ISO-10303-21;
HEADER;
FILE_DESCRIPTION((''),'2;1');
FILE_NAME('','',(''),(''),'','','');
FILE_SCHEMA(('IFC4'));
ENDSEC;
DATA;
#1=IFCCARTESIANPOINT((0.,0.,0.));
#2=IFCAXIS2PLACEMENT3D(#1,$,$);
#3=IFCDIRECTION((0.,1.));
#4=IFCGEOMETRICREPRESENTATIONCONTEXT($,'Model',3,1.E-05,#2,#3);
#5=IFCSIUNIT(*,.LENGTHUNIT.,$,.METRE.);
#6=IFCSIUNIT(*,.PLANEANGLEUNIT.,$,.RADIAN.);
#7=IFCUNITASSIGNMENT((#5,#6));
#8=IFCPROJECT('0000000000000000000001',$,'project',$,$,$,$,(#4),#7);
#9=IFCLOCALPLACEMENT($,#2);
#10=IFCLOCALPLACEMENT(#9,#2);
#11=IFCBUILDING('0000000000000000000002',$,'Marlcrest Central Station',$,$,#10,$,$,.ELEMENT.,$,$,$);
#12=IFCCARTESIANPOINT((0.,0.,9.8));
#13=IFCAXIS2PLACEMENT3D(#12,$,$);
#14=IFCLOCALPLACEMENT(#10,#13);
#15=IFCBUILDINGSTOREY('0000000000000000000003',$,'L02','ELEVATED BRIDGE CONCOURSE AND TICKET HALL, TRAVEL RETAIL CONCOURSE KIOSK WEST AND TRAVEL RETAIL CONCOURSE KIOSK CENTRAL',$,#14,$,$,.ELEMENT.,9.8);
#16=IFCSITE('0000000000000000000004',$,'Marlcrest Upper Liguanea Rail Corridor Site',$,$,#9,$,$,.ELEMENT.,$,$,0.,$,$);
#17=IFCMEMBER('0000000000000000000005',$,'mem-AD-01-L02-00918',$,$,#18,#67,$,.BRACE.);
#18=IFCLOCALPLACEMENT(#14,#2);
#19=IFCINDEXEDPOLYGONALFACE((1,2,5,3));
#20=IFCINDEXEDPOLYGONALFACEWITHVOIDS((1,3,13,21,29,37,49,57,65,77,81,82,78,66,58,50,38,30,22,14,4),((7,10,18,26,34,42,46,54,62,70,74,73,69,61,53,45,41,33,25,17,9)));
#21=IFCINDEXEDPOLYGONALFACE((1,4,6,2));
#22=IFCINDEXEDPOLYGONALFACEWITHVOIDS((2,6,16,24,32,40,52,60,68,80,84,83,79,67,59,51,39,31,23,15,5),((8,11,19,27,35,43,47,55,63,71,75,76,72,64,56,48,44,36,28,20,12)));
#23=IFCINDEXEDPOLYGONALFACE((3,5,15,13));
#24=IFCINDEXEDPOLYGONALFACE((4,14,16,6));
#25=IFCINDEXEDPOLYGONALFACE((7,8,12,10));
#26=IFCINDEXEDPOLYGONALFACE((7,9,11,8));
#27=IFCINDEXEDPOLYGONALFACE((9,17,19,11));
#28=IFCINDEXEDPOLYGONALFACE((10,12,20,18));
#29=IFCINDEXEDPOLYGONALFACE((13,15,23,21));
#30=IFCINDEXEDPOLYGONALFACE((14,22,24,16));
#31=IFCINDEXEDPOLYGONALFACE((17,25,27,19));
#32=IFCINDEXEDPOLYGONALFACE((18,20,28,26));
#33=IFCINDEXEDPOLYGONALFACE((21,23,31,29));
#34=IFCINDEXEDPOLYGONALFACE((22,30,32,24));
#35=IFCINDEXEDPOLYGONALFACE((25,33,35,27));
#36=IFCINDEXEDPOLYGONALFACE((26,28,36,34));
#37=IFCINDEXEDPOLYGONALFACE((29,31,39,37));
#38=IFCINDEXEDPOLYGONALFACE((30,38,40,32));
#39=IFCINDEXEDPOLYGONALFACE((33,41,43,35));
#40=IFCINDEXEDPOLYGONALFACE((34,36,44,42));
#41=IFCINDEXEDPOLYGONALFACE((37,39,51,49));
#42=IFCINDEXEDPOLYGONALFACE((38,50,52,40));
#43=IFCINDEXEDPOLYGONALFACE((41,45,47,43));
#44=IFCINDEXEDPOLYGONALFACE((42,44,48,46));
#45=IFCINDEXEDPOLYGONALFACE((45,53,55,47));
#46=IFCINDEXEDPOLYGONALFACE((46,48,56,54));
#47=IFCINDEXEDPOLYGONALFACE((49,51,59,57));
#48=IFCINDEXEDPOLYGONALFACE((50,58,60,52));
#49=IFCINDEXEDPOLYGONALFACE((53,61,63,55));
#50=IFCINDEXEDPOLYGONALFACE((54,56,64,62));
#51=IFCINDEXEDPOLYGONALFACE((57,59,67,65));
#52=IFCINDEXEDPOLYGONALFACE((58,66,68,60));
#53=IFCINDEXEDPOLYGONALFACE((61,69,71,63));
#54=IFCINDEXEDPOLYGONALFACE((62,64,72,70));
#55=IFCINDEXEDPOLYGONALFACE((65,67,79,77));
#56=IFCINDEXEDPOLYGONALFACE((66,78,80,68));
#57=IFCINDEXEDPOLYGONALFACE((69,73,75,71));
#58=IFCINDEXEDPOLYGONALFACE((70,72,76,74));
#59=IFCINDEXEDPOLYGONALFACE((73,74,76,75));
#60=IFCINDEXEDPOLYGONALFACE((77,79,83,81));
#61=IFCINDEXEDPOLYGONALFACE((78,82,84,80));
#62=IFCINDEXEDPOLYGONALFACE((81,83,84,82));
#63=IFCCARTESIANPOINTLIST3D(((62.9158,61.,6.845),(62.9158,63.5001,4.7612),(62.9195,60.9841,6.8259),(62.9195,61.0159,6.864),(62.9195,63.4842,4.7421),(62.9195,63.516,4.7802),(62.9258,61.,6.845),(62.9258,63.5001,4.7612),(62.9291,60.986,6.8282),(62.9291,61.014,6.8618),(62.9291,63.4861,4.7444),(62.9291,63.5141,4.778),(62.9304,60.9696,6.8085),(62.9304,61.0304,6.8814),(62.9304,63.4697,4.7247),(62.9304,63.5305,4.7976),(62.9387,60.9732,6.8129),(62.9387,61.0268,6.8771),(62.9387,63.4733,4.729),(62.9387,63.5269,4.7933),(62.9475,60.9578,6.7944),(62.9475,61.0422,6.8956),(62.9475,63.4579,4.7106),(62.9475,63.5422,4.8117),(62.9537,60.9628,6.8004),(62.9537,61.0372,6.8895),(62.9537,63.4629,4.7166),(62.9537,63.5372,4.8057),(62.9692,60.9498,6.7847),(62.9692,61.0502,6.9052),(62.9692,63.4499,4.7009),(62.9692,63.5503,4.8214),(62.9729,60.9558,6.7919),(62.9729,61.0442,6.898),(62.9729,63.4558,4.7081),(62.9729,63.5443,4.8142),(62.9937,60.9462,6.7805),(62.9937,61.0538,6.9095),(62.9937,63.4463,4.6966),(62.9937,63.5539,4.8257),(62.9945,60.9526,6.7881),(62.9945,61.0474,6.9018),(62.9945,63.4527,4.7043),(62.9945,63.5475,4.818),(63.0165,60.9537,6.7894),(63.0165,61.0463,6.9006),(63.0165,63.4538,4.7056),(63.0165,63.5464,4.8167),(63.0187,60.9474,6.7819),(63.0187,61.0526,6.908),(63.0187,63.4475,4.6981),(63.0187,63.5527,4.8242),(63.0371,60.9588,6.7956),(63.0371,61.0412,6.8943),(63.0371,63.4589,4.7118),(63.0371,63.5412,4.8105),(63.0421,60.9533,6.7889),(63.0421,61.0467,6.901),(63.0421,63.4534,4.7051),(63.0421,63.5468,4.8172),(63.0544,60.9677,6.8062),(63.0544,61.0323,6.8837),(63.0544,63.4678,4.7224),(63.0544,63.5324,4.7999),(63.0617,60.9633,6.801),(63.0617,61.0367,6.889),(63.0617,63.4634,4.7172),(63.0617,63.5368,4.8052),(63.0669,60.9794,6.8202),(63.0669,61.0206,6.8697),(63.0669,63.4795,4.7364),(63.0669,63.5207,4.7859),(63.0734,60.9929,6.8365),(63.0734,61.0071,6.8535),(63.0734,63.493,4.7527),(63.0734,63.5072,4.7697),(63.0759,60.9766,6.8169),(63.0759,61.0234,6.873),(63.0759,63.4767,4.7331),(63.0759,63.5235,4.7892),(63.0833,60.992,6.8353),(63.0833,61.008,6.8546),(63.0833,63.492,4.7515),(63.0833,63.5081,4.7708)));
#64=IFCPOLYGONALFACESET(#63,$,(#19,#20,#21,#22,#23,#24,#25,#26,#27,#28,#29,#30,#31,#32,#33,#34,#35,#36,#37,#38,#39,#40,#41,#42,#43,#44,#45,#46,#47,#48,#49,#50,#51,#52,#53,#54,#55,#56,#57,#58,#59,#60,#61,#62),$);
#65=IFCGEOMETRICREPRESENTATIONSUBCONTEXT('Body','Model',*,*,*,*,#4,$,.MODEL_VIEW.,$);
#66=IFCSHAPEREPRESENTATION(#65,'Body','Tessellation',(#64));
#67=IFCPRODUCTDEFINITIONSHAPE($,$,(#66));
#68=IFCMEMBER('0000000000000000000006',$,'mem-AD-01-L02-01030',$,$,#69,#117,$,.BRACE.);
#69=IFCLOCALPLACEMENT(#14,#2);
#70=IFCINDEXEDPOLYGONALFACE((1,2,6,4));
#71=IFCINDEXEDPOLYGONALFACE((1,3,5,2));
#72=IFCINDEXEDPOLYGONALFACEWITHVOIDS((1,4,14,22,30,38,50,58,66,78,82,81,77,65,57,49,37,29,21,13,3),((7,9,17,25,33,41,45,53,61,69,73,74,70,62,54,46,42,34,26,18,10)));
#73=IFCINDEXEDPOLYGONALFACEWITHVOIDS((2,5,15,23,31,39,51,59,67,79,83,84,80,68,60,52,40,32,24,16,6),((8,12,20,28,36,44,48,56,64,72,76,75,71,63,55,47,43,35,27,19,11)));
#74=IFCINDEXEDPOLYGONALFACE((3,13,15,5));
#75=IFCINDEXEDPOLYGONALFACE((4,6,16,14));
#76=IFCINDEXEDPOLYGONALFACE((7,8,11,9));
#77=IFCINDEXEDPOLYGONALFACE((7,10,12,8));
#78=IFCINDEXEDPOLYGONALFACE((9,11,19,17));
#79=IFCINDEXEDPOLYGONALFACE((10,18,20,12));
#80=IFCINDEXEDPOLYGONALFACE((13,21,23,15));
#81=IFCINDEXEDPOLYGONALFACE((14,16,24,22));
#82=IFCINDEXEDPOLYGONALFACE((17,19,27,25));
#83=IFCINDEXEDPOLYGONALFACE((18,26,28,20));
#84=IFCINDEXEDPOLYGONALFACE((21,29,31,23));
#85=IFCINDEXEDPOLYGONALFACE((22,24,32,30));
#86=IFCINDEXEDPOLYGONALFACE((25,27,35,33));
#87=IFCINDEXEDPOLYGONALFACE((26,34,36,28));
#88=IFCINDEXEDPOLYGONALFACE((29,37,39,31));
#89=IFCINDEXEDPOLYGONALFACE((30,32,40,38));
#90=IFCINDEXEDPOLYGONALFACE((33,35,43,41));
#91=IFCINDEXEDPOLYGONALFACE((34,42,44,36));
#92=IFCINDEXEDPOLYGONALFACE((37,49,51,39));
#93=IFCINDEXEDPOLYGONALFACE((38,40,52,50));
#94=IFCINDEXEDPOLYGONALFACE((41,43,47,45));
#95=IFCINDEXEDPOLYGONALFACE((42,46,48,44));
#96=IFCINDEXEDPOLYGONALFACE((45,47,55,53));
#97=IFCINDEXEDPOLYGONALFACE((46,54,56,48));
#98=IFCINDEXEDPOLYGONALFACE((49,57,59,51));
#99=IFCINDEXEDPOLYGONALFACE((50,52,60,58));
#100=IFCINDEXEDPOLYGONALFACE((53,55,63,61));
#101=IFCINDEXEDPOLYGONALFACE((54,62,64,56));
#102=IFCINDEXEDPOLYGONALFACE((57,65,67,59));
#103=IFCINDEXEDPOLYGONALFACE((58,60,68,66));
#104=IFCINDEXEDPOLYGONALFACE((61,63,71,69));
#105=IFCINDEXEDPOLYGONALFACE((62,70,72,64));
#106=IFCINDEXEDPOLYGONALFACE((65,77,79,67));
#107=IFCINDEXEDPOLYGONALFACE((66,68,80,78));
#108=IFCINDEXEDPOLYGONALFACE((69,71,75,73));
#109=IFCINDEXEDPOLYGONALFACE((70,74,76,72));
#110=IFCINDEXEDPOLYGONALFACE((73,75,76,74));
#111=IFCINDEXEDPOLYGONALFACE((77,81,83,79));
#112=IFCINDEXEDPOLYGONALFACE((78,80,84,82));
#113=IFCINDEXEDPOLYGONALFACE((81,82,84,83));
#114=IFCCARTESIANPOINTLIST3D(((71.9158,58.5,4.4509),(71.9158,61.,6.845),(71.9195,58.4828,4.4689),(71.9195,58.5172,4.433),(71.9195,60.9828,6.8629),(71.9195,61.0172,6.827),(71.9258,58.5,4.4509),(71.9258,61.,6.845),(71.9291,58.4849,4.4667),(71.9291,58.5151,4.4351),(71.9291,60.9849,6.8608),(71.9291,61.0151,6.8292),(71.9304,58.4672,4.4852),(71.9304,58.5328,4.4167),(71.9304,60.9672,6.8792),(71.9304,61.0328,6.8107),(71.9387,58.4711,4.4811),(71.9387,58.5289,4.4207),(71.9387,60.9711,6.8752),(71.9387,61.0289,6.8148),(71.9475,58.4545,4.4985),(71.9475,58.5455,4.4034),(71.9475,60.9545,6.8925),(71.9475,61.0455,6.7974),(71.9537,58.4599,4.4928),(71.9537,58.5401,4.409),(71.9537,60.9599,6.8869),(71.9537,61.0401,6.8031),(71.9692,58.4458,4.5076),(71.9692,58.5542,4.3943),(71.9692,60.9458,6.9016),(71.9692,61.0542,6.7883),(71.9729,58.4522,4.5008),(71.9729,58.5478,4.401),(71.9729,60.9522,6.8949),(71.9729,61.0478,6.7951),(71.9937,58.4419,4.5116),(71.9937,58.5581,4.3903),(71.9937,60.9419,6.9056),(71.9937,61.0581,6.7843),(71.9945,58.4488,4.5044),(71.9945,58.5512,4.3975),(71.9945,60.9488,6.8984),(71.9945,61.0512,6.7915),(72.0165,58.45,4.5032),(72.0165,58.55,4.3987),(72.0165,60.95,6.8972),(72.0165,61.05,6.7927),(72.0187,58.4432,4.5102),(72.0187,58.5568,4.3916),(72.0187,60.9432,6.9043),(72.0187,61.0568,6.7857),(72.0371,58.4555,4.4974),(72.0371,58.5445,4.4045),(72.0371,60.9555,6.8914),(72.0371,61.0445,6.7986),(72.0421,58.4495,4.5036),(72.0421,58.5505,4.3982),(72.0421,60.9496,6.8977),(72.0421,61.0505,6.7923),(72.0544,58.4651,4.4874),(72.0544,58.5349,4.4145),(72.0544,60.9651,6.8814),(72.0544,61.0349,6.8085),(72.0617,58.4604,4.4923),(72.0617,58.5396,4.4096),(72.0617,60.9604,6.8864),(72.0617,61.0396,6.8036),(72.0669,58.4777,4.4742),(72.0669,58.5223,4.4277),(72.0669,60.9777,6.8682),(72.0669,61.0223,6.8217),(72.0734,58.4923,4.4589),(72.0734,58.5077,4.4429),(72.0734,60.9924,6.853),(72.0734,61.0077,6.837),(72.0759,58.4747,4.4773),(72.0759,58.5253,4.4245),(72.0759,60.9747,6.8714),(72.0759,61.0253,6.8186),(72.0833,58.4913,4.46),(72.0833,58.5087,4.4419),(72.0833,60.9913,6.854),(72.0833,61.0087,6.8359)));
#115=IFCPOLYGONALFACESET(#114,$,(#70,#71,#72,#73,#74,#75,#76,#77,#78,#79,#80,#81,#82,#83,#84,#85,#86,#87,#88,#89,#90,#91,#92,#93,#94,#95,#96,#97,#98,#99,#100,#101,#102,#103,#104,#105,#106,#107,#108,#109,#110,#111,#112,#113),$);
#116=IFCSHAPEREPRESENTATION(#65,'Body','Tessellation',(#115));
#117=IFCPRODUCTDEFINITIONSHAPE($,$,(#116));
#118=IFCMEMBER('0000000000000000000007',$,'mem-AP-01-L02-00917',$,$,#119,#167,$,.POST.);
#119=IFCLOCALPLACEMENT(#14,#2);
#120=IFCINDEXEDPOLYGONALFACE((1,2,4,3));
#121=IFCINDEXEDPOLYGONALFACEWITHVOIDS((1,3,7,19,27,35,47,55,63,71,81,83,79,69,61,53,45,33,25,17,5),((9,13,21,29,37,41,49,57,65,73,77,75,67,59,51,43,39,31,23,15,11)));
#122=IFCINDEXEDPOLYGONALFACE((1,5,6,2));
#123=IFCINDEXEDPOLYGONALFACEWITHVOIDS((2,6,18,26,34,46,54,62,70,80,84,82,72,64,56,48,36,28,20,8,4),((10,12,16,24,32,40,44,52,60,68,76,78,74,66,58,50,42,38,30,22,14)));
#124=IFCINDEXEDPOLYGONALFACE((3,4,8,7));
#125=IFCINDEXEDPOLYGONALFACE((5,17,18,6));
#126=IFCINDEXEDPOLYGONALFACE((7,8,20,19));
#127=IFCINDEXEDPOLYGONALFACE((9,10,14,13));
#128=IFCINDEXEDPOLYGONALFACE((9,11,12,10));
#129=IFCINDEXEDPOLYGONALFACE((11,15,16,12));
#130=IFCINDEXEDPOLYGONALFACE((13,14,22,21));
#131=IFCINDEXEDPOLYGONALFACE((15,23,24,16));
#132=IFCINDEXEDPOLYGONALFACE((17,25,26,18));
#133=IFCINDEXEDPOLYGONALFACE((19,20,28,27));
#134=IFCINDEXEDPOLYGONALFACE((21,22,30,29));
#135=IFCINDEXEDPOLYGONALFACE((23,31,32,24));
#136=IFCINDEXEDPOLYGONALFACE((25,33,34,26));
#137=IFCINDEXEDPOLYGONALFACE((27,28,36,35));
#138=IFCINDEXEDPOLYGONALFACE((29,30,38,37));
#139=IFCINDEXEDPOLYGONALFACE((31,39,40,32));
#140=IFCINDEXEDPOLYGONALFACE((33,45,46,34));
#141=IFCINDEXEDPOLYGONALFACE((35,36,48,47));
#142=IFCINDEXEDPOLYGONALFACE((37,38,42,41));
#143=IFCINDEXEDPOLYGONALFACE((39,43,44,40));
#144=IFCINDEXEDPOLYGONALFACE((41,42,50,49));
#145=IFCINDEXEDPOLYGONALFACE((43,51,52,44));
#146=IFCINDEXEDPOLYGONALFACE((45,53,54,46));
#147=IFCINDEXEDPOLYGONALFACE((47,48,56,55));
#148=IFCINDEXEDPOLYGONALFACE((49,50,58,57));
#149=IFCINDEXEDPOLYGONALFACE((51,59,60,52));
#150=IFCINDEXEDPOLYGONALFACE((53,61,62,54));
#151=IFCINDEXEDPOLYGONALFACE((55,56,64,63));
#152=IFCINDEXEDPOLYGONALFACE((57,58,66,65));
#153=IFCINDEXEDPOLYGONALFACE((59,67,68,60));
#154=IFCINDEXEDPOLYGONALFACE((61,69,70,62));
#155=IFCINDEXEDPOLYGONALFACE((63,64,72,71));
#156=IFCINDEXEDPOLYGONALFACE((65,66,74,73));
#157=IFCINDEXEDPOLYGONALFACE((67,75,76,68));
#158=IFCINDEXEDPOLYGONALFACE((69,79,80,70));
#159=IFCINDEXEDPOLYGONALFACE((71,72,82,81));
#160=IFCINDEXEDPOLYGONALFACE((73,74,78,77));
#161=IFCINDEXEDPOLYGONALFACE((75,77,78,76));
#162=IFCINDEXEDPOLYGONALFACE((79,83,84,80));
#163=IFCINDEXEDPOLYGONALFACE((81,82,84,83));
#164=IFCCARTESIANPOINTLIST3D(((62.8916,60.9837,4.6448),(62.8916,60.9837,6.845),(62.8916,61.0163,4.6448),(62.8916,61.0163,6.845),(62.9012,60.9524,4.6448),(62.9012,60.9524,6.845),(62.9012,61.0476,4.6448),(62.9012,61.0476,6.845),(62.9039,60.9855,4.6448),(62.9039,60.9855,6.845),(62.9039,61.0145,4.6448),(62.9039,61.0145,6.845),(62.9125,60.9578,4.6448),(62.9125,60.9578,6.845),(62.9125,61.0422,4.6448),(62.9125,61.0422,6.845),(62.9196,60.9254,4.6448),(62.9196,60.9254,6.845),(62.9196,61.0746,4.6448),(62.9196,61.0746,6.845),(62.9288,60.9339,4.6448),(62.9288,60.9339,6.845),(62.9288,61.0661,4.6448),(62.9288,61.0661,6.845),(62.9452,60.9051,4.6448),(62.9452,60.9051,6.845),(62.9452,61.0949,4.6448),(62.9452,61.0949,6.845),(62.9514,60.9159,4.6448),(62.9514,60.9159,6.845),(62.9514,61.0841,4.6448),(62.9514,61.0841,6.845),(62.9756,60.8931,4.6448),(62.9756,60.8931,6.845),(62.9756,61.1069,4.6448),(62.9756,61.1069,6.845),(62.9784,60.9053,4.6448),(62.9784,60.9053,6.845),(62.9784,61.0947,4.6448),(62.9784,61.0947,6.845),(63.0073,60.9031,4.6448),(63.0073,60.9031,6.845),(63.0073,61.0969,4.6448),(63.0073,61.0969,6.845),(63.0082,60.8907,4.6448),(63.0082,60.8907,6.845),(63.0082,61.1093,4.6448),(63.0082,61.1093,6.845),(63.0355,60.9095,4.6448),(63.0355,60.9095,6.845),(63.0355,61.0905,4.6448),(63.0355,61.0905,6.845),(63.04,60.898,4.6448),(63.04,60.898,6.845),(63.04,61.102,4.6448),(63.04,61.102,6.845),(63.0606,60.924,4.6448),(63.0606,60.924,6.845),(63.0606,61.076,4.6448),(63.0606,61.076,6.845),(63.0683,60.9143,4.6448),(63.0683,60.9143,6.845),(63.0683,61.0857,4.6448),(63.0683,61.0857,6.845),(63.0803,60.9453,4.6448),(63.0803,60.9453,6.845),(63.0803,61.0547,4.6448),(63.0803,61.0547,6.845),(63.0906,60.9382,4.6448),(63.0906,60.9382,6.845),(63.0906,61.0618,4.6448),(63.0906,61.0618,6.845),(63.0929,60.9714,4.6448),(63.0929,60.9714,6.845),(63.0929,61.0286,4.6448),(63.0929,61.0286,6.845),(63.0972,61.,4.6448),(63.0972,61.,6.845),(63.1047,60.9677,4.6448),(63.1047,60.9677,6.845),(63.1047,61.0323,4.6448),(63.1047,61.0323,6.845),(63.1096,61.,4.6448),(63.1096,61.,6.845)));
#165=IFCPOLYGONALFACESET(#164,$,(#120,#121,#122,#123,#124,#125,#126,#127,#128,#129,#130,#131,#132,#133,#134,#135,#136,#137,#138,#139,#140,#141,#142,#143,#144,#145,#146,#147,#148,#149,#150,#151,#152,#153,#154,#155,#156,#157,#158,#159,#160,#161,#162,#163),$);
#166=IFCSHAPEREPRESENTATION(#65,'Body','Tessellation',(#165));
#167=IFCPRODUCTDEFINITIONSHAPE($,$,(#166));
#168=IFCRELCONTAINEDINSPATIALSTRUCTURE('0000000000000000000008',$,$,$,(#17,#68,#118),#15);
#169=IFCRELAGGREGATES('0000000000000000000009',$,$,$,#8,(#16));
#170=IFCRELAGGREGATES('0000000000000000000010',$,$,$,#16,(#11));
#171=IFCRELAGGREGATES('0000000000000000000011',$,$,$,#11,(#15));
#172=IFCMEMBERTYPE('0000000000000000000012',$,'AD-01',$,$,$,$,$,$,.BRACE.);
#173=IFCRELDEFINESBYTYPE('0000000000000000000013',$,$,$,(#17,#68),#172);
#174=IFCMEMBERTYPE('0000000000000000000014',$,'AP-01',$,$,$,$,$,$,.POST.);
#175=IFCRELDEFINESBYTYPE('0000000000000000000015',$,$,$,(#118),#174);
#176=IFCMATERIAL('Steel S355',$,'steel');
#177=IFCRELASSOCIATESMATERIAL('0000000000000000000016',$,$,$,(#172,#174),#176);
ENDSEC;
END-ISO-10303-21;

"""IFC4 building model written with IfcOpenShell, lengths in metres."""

from ifc_helpers import new_model, si_unit, direction, frame, origin, origin_2d, place, context, subcontext, project, spatial, hollow_circle, extrude, material, material_profile, profile_set, type_object, element, save


model = new_model("IFC4")

# Units and contexts
model_context = context("Model", 3, precision=1e-05, world=origin(), true_north=direction((0.0, 1.0)))
body_context = subcontext(model_context, "Body", "Model", "MODEL_VIEW")
ifc_project = project(units=[si_unit("LENGTHUNIT", "METRE"), si_unit("PLANEANGLEUNIT", "RADIAN")], contexts=[model_context])

# Site, building, storey
site_placement = place(None, origin())
site = spatial("IfcSite", under=ifc_project, at=site_placement, Name="Marlcrest Upper Liguanea Rail Corridor Site", CompositionType="ELEMENT", RefElevation=0.0)
building_placement = place(site_placement, origin())
building = spatial("IfcBuilding", under=site, at=building_placement, Name="Marlcrest Central Station", CompositionType="ELEMENT")
storey_placement = place(building_placement, frame((0.0, 0.0, 9.8)))
storey = spatial("IfcBuildingStorey", under=building, at=storey_placement, Name="L02", Description="ELEVATED BRIDGE CONCOURSE AND TICKET HALL, TRAVEL RETAIL CONCOURSE KIOSK WEST AND TRAVEL RETAIL CONCOURSE KIOSK CENTRAL", CompositionType="ELEMENT", Elevation=9.8)

# Members
ifc_material = material(Name="Steel S355", Category="steel")
ifc_material_profile_1 = material_profile(ifc_material, hollow_circle(Radius=0.0842, WallThickness=0.01, at=origin_2d()), Name="CHS 168.3x10")
ifc_profile_set_1 = profile_set([ifc_material_profile_1], Name="Steel S355")
member_type_1 = type_object("IfcMemberType", Name="AD-01", PredefinedType="BRACE", material=ifc_profile_set_1)
member_1_placement = place(storey_placement, frame((63.0, 61.0, 6.845), z_axis=(0.0, 0.76816, -0.640258), x_axis=(-1.0, 0.0, 0.0)))
element("IfcMember", 1, at=member_1_placement, inside=storey, type_object=member_type_1, Name="mem-AD-01-L02-00918", PredefinedType="BRACE", context=body_context, shape_type="SweptSolid", body=[
    extrude(hollow_circle(Radius=0.0842, WallThickness=0.01, at=origin_2d()), origin(), (0.0, 0.0, 1.0), 3.2546),
])
member_2_placement = place(storey_placement, frame((72.0, 58.5, 4.4509), z_axis=(0.0, 0.722247, 0.691636), x_axis=(-1.0, 0.0, 0.0)))
element("IfcMember", 2, at=member_2_placement, inside=storey, type_object=member_type_1, Name="mem-AD-01-L02-01030", PredefinedType="BRACE", context=body_context, shape_type="SweptSolid", body=[
    extrude(hollow_circle(Radius=0.0842, WallThickness=0.01, at=origin_2d()), origin(), (0.0, 0.0, 1.0), 3.4614),
])
ifc_material_profile_2 = material_profile(ifc_material, hollow_circle(Radius=0.1096, WallThickness=0.0125, at=origin_2d()), Name="CHS 219.1x12.5")
ifc_profile_set_2 = profile_set([ifc_material_profile_2], Name="Steel S355")
member_type_2 = type_object("IfcMemberType", Name="AP-01", PredefinedType="POST", material=ifc_profile_set_2)
member_3_placement = place(storey_placement, frame((63.0, 61.0, 4.6448), z_axis=(0.0, 0.0, 1.0), x_axis=(1.0, 0.0, 0.0)))
element("IfcMember", 3, at=member_3_placement, inside=storey, type_object=member_type_2, Name="mem-AP-01-L02-00917", PredefinedType="POST", context=body_context, shape_type="SweptSolid", body=[
    extrude(hollow_circle(Radius=0.1096, WallThickness=0.0125, at=origin_2d()), origin(), (0.0, 0.0, 1.0), 2.2002),
])

save(model, "model.ifc")
